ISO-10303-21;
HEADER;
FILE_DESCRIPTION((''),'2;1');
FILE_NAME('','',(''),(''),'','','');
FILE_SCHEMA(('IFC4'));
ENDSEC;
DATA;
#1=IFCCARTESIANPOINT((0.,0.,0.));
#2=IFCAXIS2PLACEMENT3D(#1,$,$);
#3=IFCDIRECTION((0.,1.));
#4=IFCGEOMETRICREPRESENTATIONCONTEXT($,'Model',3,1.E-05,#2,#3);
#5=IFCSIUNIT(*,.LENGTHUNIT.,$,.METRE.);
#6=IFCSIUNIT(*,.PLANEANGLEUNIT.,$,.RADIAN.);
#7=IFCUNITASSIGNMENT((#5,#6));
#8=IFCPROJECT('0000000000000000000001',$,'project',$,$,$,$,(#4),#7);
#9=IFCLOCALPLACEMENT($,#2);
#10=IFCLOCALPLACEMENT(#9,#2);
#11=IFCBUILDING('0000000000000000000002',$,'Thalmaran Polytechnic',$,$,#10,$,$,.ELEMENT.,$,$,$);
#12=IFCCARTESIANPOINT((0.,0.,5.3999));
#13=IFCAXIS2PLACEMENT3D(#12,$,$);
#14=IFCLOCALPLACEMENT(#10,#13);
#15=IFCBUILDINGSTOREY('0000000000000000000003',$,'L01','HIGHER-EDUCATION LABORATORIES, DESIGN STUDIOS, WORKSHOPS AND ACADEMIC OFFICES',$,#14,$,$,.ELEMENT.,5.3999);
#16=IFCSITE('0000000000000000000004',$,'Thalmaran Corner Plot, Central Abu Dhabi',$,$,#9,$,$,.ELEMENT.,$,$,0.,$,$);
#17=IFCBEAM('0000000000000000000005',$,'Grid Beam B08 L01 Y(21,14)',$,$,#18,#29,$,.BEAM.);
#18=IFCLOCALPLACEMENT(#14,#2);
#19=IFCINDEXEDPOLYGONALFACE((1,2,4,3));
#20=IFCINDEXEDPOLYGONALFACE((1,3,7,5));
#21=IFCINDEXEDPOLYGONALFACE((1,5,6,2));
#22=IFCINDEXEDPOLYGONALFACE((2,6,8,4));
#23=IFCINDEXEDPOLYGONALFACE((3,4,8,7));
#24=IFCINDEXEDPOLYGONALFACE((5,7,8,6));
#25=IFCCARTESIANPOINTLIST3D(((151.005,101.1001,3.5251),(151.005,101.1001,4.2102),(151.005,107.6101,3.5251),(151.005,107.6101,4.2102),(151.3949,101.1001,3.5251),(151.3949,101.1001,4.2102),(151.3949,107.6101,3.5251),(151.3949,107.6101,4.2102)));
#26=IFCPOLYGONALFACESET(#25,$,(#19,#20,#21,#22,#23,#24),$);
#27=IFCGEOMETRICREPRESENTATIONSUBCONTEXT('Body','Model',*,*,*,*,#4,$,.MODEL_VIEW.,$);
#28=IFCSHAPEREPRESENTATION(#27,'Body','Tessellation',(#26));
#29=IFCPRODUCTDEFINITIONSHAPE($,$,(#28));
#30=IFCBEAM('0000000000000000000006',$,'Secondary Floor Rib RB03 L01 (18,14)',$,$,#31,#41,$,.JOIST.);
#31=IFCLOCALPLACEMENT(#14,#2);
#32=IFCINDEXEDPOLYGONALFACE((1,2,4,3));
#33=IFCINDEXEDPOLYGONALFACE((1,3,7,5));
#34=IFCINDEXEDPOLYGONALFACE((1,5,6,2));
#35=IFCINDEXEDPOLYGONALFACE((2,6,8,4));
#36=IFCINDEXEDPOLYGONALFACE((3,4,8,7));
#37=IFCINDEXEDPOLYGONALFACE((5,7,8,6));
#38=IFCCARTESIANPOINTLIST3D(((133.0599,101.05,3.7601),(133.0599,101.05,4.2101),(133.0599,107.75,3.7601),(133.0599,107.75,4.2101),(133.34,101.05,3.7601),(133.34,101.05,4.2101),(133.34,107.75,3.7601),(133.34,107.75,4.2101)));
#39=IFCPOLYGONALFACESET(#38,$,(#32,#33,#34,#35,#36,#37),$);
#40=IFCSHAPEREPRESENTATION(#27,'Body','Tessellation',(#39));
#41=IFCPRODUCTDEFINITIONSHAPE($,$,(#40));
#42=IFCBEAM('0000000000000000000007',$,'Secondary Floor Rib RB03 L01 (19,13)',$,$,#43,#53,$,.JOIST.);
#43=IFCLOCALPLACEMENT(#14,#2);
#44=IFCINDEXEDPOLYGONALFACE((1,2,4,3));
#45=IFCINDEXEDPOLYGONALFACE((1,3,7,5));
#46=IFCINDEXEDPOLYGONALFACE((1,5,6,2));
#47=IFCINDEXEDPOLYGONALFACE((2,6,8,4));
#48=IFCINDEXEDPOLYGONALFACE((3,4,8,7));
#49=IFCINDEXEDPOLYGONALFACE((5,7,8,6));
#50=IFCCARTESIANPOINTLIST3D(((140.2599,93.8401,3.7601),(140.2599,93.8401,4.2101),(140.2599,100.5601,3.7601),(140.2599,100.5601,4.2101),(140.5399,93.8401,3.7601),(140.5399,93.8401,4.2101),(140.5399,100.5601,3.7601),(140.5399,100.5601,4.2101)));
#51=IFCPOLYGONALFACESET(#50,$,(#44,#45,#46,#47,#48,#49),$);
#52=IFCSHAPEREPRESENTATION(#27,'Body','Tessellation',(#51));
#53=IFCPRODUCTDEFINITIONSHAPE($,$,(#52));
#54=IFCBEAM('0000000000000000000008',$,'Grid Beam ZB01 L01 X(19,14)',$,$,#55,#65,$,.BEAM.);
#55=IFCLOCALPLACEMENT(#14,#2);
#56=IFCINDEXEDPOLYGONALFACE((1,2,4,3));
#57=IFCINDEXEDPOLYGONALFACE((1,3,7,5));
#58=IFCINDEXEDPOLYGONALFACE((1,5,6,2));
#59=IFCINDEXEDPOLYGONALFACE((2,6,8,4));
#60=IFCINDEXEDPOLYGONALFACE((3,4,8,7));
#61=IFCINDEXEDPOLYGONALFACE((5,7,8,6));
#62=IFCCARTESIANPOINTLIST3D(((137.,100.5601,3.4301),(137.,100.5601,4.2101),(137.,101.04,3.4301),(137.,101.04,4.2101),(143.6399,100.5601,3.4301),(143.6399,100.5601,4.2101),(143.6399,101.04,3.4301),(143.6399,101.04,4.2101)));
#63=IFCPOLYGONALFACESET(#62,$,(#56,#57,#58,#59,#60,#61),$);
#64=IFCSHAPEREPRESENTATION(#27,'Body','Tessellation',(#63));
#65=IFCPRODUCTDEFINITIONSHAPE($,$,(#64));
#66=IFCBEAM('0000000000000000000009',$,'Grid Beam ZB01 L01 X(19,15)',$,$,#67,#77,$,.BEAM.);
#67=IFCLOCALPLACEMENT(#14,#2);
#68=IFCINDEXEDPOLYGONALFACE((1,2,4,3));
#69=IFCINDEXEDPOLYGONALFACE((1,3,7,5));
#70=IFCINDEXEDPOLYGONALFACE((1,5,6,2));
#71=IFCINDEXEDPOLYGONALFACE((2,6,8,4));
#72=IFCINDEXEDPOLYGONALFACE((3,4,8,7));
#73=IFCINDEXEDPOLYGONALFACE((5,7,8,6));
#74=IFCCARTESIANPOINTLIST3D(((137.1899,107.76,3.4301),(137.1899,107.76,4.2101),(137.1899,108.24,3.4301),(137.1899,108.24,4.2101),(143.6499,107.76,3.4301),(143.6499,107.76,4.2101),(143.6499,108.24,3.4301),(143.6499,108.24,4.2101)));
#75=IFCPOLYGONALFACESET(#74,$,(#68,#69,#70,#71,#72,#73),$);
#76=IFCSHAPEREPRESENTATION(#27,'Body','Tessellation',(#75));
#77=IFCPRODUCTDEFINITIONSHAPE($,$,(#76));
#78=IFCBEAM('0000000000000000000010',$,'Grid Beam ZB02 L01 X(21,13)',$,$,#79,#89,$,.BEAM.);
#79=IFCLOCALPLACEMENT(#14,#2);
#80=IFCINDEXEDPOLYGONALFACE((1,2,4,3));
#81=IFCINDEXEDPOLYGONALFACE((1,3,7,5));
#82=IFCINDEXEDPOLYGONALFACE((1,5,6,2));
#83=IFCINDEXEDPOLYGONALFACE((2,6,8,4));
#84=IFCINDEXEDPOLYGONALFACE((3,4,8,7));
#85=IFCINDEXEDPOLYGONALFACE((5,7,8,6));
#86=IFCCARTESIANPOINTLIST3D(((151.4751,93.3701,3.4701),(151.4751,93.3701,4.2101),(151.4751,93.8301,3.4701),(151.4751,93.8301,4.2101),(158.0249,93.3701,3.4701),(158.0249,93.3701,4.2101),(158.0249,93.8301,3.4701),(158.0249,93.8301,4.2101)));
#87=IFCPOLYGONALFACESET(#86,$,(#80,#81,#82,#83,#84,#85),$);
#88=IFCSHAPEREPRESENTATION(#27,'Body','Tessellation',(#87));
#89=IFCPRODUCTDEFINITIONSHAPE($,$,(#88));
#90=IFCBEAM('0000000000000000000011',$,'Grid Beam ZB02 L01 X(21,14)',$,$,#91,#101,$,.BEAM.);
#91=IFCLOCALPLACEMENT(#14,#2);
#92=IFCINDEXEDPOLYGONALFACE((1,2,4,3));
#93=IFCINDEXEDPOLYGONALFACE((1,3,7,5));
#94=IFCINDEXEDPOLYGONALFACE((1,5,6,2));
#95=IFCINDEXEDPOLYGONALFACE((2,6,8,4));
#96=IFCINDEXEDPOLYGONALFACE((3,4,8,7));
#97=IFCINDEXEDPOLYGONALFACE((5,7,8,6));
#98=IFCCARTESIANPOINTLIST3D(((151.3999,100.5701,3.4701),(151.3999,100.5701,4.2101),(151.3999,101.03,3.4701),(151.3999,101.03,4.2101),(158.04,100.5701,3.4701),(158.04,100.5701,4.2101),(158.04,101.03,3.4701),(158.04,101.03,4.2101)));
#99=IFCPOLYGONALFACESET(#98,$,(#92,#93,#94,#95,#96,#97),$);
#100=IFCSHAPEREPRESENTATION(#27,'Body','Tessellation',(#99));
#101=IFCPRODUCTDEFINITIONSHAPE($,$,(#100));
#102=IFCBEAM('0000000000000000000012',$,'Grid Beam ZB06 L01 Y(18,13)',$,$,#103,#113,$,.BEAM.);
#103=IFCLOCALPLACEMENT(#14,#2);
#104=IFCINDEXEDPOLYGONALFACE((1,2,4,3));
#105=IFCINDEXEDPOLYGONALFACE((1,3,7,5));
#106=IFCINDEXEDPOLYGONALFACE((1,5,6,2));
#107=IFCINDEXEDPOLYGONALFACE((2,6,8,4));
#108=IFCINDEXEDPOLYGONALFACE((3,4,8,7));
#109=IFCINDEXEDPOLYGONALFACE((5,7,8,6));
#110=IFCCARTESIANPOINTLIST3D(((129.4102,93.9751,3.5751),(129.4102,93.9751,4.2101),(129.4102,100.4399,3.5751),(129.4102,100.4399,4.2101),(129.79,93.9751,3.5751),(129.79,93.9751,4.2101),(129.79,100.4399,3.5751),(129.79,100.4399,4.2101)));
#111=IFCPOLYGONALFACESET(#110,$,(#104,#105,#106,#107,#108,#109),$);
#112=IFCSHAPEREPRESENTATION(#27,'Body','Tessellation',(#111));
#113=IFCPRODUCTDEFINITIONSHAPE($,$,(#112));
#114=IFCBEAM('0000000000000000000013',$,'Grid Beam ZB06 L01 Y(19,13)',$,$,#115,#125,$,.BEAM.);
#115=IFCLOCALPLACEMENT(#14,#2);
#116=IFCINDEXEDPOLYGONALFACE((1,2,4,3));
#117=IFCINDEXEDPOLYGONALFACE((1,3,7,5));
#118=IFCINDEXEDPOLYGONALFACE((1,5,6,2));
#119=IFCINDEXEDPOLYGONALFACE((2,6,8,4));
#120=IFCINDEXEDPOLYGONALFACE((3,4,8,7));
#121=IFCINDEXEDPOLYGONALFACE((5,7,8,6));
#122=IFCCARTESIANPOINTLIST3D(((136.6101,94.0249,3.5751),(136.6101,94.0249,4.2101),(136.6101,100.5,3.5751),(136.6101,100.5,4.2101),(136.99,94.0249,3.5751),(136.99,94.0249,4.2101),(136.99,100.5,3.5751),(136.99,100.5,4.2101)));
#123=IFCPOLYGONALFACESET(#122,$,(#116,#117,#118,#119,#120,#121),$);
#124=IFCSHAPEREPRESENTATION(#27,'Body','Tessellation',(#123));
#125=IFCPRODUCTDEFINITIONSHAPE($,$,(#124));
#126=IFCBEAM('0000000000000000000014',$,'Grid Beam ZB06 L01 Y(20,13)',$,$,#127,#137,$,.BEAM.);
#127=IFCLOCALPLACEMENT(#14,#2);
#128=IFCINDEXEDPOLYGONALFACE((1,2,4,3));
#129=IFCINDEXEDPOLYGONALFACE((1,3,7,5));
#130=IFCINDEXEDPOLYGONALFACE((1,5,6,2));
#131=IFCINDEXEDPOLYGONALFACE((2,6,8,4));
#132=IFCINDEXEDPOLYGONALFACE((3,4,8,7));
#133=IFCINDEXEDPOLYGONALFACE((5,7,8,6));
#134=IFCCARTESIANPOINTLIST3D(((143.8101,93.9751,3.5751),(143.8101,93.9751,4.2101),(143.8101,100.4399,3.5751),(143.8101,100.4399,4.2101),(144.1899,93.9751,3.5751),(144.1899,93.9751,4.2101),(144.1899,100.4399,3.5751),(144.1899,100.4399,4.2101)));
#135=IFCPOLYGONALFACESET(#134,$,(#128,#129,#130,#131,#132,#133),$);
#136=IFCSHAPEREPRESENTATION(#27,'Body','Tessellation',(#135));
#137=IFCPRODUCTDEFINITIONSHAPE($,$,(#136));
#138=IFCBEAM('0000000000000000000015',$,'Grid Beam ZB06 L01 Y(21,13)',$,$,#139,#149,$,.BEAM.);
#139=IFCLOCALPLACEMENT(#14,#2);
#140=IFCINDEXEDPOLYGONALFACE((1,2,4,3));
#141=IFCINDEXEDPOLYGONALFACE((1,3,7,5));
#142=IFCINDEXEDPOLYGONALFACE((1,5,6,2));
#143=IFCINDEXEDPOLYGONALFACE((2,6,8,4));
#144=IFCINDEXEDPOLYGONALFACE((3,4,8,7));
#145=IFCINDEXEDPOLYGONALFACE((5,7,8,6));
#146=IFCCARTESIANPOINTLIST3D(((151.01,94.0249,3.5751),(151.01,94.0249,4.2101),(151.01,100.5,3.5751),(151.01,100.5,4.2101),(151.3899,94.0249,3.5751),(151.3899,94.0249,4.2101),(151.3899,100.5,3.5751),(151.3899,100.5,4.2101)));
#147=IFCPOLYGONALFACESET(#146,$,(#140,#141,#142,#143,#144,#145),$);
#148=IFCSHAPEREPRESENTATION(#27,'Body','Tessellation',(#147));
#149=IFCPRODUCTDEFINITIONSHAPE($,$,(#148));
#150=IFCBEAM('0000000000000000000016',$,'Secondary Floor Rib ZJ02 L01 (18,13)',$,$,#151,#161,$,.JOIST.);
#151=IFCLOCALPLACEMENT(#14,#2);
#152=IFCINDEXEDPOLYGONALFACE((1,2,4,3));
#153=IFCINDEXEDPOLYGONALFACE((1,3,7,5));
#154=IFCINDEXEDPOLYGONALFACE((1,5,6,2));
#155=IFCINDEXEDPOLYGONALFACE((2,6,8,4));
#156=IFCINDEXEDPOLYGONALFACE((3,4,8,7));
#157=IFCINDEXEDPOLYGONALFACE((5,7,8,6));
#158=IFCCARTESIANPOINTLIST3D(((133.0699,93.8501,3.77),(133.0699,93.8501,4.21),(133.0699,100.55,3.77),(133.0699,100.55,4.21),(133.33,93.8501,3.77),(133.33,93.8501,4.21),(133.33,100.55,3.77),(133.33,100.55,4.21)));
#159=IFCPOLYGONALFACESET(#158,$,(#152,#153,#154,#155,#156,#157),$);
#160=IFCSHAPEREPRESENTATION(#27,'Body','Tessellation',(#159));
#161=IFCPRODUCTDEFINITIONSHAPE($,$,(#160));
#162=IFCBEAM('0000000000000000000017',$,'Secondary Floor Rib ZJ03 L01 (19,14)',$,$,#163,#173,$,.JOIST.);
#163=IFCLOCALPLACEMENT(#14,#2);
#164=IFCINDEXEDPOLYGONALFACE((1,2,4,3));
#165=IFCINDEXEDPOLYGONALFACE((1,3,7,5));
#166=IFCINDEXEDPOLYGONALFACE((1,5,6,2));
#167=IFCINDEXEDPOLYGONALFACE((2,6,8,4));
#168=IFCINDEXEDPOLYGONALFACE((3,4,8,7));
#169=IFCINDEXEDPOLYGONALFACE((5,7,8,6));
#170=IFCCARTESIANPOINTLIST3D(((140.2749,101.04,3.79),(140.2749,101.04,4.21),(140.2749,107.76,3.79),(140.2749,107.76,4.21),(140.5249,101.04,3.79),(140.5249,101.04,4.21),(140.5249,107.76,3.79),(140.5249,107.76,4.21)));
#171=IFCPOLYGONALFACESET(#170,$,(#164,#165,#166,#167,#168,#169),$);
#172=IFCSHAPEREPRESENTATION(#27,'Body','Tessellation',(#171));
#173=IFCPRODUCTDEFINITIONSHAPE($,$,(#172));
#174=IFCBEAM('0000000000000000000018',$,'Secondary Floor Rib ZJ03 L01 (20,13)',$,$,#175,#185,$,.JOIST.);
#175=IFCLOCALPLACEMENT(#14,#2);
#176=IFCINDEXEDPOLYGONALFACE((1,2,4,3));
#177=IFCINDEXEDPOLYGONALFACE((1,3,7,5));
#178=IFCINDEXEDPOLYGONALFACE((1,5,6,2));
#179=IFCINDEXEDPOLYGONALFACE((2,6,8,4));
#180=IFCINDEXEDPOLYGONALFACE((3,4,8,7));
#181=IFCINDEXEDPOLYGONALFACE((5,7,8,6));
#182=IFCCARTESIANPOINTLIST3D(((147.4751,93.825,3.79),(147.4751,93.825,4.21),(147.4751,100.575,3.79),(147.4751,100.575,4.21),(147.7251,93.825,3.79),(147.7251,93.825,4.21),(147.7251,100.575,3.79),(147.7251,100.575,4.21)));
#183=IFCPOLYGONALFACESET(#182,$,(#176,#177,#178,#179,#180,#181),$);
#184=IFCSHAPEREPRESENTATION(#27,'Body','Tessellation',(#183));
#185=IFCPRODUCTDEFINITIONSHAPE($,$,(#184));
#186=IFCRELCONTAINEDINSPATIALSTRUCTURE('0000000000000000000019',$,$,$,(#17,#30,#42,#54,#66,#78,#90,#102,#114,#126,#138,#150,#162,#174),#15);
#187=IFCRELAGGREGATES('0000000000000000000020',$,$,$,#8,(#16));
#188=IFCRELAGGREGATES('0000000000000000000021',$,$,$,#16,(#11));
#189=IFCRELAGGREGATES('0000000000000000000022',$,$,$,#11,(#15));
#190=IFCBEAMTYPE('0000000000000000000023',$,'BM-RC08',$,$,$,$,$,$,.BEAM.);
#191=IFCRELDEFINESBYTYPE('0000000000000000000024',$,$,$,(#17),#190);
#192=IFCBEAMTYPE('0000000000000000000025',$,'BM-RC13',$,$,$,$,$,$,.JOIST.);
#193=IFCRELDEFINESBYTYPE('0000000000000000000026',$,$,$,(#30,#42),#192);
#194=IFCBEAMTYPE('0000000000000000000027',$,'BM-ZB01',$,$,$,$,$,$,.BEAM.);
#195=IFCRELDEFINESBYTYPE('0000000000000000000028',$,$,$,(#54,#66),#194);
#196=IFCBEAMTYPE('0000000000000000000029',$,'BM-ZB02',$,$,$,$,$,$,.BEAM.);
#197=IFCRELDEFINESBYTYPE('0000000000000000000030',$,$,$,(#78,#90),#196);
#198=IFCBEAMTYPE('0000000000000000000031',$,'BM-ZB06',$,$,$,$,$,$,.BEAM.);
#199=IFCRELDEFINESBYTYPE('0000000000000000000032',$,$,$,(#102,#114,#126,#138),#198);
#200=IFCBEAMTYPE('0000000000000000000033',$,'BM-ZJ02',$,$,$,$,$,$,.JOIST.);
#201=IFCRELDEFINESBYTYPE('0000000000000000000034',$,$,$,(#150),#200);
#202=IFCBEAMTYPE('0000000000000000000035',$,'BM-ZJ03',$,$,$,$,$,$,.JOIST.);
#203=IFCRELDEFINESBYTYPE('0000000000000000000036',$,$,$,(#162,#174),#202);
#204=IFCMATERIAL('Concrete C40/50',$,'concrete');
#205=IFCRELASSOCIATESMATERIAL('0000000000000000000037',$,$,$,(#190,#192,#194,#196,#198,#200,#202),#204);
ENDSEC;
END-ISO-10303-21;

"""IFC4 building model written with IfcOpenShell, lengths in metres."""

from ifc_helpers import new_model, si_unit, direction, frame, origin, origin_2d, place, context, subcontext, project, spatial, rectangle, extrude, material, material_profile, profile_set, type_object, element, save


model = new_model("IFC4")

# Units and contexts
model_context = context("Model", 3, precision=1e-05, world=origin(), true_north=direction((0.0, 1.0)))
body_context = subcontext(model_context, "Body", "Model", "MODEL_VIEW")
ifc_project = project(units=[si_unit("LENGTHUNIT", "METRE"), si_unit("PLANEANGLEUNIT", "RADIAN")], contexts=[model_context])

# Site, building, storey
site_placement = place(None, origin())
site = spatial("IfcSite", under=ifc_project, at=site_placement, Name="Thalmaran Corner Plot, Central Abu Dhabi", CompositionType="ELEMENT", RefElevation=0.0)
building_placement = place(site_placement, origin())
building = spatial("IfcBuilding", under=site, at=building_placement, Name="Thalmaran Polytechnic", CompositionType="ELEMENT")
storey_placement = place(building_placement, frame((0.0, 0.0, 5.3999)))
storey = spatial("IfcBuildingStorey", under=building, at=storey_placement, Name="L01", Description="HIGHER-EDUCATION LABORATORIES, DESIGN STUDIOS, WORKSHOPS AND ACADEMIC OFFICES", CompositionType="ELEMENT", Elevation=5.3999)

# Shared definitions
ifc_material_1 = material(Name="Concrete C40/50", Category="concrete")

# Beams
ifc_material_profile_1 = material_profile(ifc_material_1, rectangle(XDim=0.3899, YDim=0.6851, at=origin_2d()), Name="RC 390x685")
ifc_profile_set_1 = profile_set([ifc_material_profile_1], Name="Concrete C40/50")
beam_type_1 = type_object("IfcBeamType", Name="BM-RC08", PredefinedType="BEAM", material=ifc_profile_set_1)
beam_1_placement = place(storey_placement, frame((151.2, 101.1001, 3.8677), z_axis=(0.0, 1.0, 0.0), x_axis=(-1.0, 0.0, 0.0)))
element("IfcBeam", 1, at=beam_1_placement, inside=storey, type_object=beam_type_1, Name="Grid Beam B08 L01 Y(21,14)", PredefinedType="BEAM", context=body_context, shape_type="SweptSolid", body=[
    extrude(rectangle(XDim=0.3899, YDim=0.6851, at=origin_2d()), origin(), (0.0, 0.0, 1.0), 6.51),
])
ifc_material_profile_2 = material_profile(ifc_material_1, rectangle(XDim=0.28, YDim=0.45, at=origin_2d()), Name="RC 280x450")
ifc_profile_set_2 = profile_set([ifc_material_profile_2], Name="Concrete C40/50")
beam_type_2 = type_object("IfcBeamType", Name="BM-RC13", PredefinedType="JOIST", material=ifc_profile_set_2)
beam_2_placement = place(storey_placement, frame((133.2, 101.05, 3.9851), z_axis=(0.0, 1.0, 0.0), x_axis=(-1.0, 0.0, 0.0)))
element("IfcBeam", 2, at=beam_2_placement, inside=storey, type_object=beam_type_2, Name="Secondary Floor Rib RB03 L01 (18,14)", PredefinedType="JOIST", context=body_context, shape_type="SweptSolid", body=[
    extrude(rectangle(XDim=0.28, YDim=0.45, at=origin_2d()), origin(), (0.0, 0.0, 1.0), 6.7),
])
beam_3_placement = place(storey_placement, frame((140.3999, 93.8401, 3.9851), z_axis=(0.0, 1.0, 0.0), x_axis=(-1.0, 0.0, 0.0)))
element("IfcBeam", 3, at=beam_3_placement, inside=storey, type_object=beam_type_2, Name="Secondary Floor Rib RB03 L01 (19,13)", PredefinedType="JOIST", context=body_context, shape_type="SweptSolid", body=[
    extrude(rectangle(XDim=0.28, YDim=0.45, at=origin_2d()), origin(), (0.0, 0.0, 1.0), 6.72),
])
ifc_material_profile_3 = material_profile(ifc_material_1, rectangle(XDim=0.48, YDim=0.78, at=origin_2d()), Name="RC 480x780")
ifc_profile_set_3 = profile_set([ifc_material_profile_3], Name="Concrete C40/50")
beam_type_3 = type_object("IfcBeamType", Name="BM-ZB01", PredefinedType="BEAM", material=ifc_profile_set_3)
beam_4_placement = place(storey_placement, frame((137.0, 100.8, 3.8201), z_axis=(1.0, 0.0, 0.0), x_axis=(0.0, 1.0, 0.0)))
element("IfcBeam", 4, at=beam_4_placement, inside=storey, type_object=beam_type_3, Name="Grid Beam ZB01 L01 X(19,14)", PredefinedType="BEAM", context=body_context, shape_type="SweptSolid", body=[
    extrude(rectangle(XDim=0.48, YDim=0.78, at=origin_2d()), origin(), (0.0, 0.0, 1.0), 6.6399),
])
beam_5_placement = place(storey_placement, frame((137.1899, 108.0, 3.8201), z_axis=(1.0, 0.0, 0.0), x_axis=(0.0, 1.0, 0.0)))
element("IfcBeam", 5, at=beam_5_placement, inside=storey, type_object=beam_type_3, Name="Grid Beam ZB01 L01 X(19,15)", PredefinedType="BEAM", context=body_context, shape_type="SweptSolid", body=[
    extrude(rectangle(XDim=0.48, YDim=0.78, at=origin_2d()), origin(), (0.0, 0.0, 1.0), 6.46),
])
ifc_material_profile_4 = material_profile(ifc_material_1, rectangle(XDim=0.46, YDim=0.74, at=origin_2d()), Name="RC 460x740")
ifc_profile_set_4 = profile_set([ifc_material_profile_4], Name="Concrete C40/50")
beam_type_4 = type_object("IfcBeamType", Name="BM-ZB02", PredefinedType="BEAM", material=ifc_profile_set_4)
beam_6_placement = place(storey_placement, frame((151.4751, 93.6001, 3.8401), z_axis=(1.0, 0.0, 0.0), x_axis=(0.0, 1.0, 0.0)))
element("IfcBeam", 6, at=beam_6_placement, inside=storey, type_object=beam_type_4, Name="Grid Beam ZB02 L01 X(21,13)", PredefinedType="BEAM", context=body_context, shape_type="SweptSolid", body=[
    extrude(rectangle(XDim=0.46, YDim=0.74, at=origin_2d()), origin(), (0.0, 0.0, 1.0), 6.5498),
])
beam_7_placement = place(storey_placement, frame((151.3999, 100.8, 3.8401), z_axis=(1.0, 0.0, 0.0), x_axis=(0.0, 1.0, 0.0)))
element("IfcBeam", 7, at=beam_7_placement, inside=storey, type_object=beam_type_4, Name="Grid Beam ZB02 L01 X(21,14)", PredefinedType="BEAM", context=body_context, shape_type="SweptSolid", body=[
    extrude(rectangle(XDim=0.46, YDim=0.74, at=origin_2d()), origin(), (0.0, 0.0, 1.0), 6.6401),
])
ifc_material_profile_5 = material_profile(ifc_material_1, rectangle(XDim=0.3799, YDim=0.635, at=origin_2d()), Name="RC 380x635")
ifc_profile_set_5 = profile_set([ifc_material_profile_5], Name="Concrete C40/50")
beam_type_5 = type_object("IfcBeamType", Name="BM-ZB06", PredefinedType="BEAM", material=ifc_profile_set_5)
beam_8_placement = place(storey_placement, frame((129.6001, 93.9751, 3.8926), z_axis=(0.0, 1.0, 0.0), x_axis=(-1.0, 0.0, 0.0)))
element("IfcBeam", 8, at=beam_8_placement, inside=storey, type_object=beam_type_5, Name="Grid Beam ZB06 L01 Y(18,13)", PredefinedType="BEAM", context=body_context, shape_type="SweptSolid", body=[
    extrude(rectangle(XDim=0.3799, YDim=0.635, at=origin_2d()), origin(), (0.0, 0.0, 1.0), 6.4648),
])
beam_9_placement = place(storey_placement, frame((136.8, 94.0249, 3.8926), z_axis=(0.0, 1.0, 0.0), x_axis=(-1.0, 0.0, 0.0)))
element("IfcBeam", 9, at=beam_9_placement, inside=storey, type_object=beam_type_5, Name="Grid Beam ZB06 L01 Y(19,13)", PredefinedType="BEAM", context=body_context, shape_type="SweptSolid", body=[
    extrude(rectangle(XDim=0.3799, YDim=0.635, at=origin_2d()), origin(), (0.0, 0.0, 1.0), 6.4751),
])
beam_10_placement = place(storey_placement, frame((144.0, 93.9751, 3.8926), z_axis=(0.0, 1.0, 0.0), x_axis=(-1.0, 0.0, 0.0)))
element("IfcBeam", 10, at=beam_10_placement, inside=storey, type_object=beam_type_5, Name="Grid Beam ZB06 L01 Y(20,13)", PredefinedType="BEAM", context=body_context, shape_type="SweptSolid", body=[
    extrude(rectangle(XDim=0.3799, YDim=0.635, at=origin_2d()), origin(), (0.0, 0.0, 1.0), 6.4648),
])
beam_11_placement = place(storey_placement, frame((151.2, 94.0249, 3.8926), z_axis=(0.0, 1.0, 0.0), x_axis=(-1.0, 0.0, 0.0)))
element("IfcBeam", 11, at=beam_11_placement, inside=storey, type_object=beam_type_5, Name="Grid Beam ZB06 L01 Y(21,13)", PredefinedType="BEAM", context=body_context, shape_type="SweptSolid", body=[
    extrude(rectangle(XDim=0.3799, YDim=0.635, at=origin_2d()), origin(), (0.0, 0.0, 1.0), 6.4751),
])
ifc_material_profile_6 = material_profile(ifc_material_1, rectangle(XDim=0.26, YDim=0.4399, at=origin_2d()), Name="RC 260x440")
ifc_profile_set_6 = profile_set([ifc_material_profile_6], Name="Concrete C40/50")
beam_type_6 = type_object("IfcBeamType", Name="BM-ZJ02", PredefinedType="JOIST", material=ifc_profile_set_6)
beam_12_placement = place(storey_placement, frame((133.2, 93.8501, 3.99), z_axis=(0.0, 1.0, 0.0), x_axis=(-1.0, 0.0, 0.0)))
element("IfcBeam", 12, at=beam_12_placement, inside=storey, type_object=beam_type_6, Name="Secondary Floor Rib ZJ02 L01 (18,13)", PredefinedType="JOIST", context=body_context, shape_type="SweptSolid", body=[
    extrude(rectangle(XDim=0.26, YDim=0.4399, at=origin_2d()), origin(), (0.0, 0.0, 1.0), 6.7),
])
ifc_material_profile_7 = material_profile(ifc_material_1, rectangle(XDim=0.25, YDim=0.4199, at=origin_2d()), Name="RC 250x420")
ifc_profile_set_7 = profile_set([ifc_material_profile_7], Name="Concrete C40/50")
beam_type_7 = type_object("IfcBeamType", Name="BM-ZJ03", PredefinedType="JOIST", material=ifc_profile_set_7)
beam_13_placement = place(storey_placement, frame((140.3999, 101.04, 4.0), z_axis=(0.0, 1.0, 0.0), x_axis=(-1.0, 0.0, 0.0)))
element("IfcBeam", 13, at=beam_13_placement, inside=storey, type_object=beam_type_7, Name="Secondary Floor Rib ZJ03 L01 (19,14)", PredefinedType="JOIST", context=body_context, shape_type="SweptSolid", body=[
    extrude(rectangle(XDim=0.25, YDim=0.4199, at=origin_2d()), origin(), (0.0, 0.0, 1.0), 6.72),
])
beam_14_placement = place(storey_placement, frame((147.6001, 93.825, 4.0), z_axis=(0.0, 1.0, 0.0), x_axis=(-1.0, 0.0, 0.0)))
element("IfcBeam", 14, at=beam_14_placement, inside=storey, type_object=beam_type_7, Name="Secondary Floor Rib ZJ03 L01 (20,13)", PredefinedType="JOIST", context=body_context, shape_type="SweptSolid", body=[
    extrude(rectangle(XDim=0.25, YDim=0.4199, at=origin_2d()), origin(), (0.0, 0.0, 1.0), 6.75),
])

save(model, "model.ifc")
